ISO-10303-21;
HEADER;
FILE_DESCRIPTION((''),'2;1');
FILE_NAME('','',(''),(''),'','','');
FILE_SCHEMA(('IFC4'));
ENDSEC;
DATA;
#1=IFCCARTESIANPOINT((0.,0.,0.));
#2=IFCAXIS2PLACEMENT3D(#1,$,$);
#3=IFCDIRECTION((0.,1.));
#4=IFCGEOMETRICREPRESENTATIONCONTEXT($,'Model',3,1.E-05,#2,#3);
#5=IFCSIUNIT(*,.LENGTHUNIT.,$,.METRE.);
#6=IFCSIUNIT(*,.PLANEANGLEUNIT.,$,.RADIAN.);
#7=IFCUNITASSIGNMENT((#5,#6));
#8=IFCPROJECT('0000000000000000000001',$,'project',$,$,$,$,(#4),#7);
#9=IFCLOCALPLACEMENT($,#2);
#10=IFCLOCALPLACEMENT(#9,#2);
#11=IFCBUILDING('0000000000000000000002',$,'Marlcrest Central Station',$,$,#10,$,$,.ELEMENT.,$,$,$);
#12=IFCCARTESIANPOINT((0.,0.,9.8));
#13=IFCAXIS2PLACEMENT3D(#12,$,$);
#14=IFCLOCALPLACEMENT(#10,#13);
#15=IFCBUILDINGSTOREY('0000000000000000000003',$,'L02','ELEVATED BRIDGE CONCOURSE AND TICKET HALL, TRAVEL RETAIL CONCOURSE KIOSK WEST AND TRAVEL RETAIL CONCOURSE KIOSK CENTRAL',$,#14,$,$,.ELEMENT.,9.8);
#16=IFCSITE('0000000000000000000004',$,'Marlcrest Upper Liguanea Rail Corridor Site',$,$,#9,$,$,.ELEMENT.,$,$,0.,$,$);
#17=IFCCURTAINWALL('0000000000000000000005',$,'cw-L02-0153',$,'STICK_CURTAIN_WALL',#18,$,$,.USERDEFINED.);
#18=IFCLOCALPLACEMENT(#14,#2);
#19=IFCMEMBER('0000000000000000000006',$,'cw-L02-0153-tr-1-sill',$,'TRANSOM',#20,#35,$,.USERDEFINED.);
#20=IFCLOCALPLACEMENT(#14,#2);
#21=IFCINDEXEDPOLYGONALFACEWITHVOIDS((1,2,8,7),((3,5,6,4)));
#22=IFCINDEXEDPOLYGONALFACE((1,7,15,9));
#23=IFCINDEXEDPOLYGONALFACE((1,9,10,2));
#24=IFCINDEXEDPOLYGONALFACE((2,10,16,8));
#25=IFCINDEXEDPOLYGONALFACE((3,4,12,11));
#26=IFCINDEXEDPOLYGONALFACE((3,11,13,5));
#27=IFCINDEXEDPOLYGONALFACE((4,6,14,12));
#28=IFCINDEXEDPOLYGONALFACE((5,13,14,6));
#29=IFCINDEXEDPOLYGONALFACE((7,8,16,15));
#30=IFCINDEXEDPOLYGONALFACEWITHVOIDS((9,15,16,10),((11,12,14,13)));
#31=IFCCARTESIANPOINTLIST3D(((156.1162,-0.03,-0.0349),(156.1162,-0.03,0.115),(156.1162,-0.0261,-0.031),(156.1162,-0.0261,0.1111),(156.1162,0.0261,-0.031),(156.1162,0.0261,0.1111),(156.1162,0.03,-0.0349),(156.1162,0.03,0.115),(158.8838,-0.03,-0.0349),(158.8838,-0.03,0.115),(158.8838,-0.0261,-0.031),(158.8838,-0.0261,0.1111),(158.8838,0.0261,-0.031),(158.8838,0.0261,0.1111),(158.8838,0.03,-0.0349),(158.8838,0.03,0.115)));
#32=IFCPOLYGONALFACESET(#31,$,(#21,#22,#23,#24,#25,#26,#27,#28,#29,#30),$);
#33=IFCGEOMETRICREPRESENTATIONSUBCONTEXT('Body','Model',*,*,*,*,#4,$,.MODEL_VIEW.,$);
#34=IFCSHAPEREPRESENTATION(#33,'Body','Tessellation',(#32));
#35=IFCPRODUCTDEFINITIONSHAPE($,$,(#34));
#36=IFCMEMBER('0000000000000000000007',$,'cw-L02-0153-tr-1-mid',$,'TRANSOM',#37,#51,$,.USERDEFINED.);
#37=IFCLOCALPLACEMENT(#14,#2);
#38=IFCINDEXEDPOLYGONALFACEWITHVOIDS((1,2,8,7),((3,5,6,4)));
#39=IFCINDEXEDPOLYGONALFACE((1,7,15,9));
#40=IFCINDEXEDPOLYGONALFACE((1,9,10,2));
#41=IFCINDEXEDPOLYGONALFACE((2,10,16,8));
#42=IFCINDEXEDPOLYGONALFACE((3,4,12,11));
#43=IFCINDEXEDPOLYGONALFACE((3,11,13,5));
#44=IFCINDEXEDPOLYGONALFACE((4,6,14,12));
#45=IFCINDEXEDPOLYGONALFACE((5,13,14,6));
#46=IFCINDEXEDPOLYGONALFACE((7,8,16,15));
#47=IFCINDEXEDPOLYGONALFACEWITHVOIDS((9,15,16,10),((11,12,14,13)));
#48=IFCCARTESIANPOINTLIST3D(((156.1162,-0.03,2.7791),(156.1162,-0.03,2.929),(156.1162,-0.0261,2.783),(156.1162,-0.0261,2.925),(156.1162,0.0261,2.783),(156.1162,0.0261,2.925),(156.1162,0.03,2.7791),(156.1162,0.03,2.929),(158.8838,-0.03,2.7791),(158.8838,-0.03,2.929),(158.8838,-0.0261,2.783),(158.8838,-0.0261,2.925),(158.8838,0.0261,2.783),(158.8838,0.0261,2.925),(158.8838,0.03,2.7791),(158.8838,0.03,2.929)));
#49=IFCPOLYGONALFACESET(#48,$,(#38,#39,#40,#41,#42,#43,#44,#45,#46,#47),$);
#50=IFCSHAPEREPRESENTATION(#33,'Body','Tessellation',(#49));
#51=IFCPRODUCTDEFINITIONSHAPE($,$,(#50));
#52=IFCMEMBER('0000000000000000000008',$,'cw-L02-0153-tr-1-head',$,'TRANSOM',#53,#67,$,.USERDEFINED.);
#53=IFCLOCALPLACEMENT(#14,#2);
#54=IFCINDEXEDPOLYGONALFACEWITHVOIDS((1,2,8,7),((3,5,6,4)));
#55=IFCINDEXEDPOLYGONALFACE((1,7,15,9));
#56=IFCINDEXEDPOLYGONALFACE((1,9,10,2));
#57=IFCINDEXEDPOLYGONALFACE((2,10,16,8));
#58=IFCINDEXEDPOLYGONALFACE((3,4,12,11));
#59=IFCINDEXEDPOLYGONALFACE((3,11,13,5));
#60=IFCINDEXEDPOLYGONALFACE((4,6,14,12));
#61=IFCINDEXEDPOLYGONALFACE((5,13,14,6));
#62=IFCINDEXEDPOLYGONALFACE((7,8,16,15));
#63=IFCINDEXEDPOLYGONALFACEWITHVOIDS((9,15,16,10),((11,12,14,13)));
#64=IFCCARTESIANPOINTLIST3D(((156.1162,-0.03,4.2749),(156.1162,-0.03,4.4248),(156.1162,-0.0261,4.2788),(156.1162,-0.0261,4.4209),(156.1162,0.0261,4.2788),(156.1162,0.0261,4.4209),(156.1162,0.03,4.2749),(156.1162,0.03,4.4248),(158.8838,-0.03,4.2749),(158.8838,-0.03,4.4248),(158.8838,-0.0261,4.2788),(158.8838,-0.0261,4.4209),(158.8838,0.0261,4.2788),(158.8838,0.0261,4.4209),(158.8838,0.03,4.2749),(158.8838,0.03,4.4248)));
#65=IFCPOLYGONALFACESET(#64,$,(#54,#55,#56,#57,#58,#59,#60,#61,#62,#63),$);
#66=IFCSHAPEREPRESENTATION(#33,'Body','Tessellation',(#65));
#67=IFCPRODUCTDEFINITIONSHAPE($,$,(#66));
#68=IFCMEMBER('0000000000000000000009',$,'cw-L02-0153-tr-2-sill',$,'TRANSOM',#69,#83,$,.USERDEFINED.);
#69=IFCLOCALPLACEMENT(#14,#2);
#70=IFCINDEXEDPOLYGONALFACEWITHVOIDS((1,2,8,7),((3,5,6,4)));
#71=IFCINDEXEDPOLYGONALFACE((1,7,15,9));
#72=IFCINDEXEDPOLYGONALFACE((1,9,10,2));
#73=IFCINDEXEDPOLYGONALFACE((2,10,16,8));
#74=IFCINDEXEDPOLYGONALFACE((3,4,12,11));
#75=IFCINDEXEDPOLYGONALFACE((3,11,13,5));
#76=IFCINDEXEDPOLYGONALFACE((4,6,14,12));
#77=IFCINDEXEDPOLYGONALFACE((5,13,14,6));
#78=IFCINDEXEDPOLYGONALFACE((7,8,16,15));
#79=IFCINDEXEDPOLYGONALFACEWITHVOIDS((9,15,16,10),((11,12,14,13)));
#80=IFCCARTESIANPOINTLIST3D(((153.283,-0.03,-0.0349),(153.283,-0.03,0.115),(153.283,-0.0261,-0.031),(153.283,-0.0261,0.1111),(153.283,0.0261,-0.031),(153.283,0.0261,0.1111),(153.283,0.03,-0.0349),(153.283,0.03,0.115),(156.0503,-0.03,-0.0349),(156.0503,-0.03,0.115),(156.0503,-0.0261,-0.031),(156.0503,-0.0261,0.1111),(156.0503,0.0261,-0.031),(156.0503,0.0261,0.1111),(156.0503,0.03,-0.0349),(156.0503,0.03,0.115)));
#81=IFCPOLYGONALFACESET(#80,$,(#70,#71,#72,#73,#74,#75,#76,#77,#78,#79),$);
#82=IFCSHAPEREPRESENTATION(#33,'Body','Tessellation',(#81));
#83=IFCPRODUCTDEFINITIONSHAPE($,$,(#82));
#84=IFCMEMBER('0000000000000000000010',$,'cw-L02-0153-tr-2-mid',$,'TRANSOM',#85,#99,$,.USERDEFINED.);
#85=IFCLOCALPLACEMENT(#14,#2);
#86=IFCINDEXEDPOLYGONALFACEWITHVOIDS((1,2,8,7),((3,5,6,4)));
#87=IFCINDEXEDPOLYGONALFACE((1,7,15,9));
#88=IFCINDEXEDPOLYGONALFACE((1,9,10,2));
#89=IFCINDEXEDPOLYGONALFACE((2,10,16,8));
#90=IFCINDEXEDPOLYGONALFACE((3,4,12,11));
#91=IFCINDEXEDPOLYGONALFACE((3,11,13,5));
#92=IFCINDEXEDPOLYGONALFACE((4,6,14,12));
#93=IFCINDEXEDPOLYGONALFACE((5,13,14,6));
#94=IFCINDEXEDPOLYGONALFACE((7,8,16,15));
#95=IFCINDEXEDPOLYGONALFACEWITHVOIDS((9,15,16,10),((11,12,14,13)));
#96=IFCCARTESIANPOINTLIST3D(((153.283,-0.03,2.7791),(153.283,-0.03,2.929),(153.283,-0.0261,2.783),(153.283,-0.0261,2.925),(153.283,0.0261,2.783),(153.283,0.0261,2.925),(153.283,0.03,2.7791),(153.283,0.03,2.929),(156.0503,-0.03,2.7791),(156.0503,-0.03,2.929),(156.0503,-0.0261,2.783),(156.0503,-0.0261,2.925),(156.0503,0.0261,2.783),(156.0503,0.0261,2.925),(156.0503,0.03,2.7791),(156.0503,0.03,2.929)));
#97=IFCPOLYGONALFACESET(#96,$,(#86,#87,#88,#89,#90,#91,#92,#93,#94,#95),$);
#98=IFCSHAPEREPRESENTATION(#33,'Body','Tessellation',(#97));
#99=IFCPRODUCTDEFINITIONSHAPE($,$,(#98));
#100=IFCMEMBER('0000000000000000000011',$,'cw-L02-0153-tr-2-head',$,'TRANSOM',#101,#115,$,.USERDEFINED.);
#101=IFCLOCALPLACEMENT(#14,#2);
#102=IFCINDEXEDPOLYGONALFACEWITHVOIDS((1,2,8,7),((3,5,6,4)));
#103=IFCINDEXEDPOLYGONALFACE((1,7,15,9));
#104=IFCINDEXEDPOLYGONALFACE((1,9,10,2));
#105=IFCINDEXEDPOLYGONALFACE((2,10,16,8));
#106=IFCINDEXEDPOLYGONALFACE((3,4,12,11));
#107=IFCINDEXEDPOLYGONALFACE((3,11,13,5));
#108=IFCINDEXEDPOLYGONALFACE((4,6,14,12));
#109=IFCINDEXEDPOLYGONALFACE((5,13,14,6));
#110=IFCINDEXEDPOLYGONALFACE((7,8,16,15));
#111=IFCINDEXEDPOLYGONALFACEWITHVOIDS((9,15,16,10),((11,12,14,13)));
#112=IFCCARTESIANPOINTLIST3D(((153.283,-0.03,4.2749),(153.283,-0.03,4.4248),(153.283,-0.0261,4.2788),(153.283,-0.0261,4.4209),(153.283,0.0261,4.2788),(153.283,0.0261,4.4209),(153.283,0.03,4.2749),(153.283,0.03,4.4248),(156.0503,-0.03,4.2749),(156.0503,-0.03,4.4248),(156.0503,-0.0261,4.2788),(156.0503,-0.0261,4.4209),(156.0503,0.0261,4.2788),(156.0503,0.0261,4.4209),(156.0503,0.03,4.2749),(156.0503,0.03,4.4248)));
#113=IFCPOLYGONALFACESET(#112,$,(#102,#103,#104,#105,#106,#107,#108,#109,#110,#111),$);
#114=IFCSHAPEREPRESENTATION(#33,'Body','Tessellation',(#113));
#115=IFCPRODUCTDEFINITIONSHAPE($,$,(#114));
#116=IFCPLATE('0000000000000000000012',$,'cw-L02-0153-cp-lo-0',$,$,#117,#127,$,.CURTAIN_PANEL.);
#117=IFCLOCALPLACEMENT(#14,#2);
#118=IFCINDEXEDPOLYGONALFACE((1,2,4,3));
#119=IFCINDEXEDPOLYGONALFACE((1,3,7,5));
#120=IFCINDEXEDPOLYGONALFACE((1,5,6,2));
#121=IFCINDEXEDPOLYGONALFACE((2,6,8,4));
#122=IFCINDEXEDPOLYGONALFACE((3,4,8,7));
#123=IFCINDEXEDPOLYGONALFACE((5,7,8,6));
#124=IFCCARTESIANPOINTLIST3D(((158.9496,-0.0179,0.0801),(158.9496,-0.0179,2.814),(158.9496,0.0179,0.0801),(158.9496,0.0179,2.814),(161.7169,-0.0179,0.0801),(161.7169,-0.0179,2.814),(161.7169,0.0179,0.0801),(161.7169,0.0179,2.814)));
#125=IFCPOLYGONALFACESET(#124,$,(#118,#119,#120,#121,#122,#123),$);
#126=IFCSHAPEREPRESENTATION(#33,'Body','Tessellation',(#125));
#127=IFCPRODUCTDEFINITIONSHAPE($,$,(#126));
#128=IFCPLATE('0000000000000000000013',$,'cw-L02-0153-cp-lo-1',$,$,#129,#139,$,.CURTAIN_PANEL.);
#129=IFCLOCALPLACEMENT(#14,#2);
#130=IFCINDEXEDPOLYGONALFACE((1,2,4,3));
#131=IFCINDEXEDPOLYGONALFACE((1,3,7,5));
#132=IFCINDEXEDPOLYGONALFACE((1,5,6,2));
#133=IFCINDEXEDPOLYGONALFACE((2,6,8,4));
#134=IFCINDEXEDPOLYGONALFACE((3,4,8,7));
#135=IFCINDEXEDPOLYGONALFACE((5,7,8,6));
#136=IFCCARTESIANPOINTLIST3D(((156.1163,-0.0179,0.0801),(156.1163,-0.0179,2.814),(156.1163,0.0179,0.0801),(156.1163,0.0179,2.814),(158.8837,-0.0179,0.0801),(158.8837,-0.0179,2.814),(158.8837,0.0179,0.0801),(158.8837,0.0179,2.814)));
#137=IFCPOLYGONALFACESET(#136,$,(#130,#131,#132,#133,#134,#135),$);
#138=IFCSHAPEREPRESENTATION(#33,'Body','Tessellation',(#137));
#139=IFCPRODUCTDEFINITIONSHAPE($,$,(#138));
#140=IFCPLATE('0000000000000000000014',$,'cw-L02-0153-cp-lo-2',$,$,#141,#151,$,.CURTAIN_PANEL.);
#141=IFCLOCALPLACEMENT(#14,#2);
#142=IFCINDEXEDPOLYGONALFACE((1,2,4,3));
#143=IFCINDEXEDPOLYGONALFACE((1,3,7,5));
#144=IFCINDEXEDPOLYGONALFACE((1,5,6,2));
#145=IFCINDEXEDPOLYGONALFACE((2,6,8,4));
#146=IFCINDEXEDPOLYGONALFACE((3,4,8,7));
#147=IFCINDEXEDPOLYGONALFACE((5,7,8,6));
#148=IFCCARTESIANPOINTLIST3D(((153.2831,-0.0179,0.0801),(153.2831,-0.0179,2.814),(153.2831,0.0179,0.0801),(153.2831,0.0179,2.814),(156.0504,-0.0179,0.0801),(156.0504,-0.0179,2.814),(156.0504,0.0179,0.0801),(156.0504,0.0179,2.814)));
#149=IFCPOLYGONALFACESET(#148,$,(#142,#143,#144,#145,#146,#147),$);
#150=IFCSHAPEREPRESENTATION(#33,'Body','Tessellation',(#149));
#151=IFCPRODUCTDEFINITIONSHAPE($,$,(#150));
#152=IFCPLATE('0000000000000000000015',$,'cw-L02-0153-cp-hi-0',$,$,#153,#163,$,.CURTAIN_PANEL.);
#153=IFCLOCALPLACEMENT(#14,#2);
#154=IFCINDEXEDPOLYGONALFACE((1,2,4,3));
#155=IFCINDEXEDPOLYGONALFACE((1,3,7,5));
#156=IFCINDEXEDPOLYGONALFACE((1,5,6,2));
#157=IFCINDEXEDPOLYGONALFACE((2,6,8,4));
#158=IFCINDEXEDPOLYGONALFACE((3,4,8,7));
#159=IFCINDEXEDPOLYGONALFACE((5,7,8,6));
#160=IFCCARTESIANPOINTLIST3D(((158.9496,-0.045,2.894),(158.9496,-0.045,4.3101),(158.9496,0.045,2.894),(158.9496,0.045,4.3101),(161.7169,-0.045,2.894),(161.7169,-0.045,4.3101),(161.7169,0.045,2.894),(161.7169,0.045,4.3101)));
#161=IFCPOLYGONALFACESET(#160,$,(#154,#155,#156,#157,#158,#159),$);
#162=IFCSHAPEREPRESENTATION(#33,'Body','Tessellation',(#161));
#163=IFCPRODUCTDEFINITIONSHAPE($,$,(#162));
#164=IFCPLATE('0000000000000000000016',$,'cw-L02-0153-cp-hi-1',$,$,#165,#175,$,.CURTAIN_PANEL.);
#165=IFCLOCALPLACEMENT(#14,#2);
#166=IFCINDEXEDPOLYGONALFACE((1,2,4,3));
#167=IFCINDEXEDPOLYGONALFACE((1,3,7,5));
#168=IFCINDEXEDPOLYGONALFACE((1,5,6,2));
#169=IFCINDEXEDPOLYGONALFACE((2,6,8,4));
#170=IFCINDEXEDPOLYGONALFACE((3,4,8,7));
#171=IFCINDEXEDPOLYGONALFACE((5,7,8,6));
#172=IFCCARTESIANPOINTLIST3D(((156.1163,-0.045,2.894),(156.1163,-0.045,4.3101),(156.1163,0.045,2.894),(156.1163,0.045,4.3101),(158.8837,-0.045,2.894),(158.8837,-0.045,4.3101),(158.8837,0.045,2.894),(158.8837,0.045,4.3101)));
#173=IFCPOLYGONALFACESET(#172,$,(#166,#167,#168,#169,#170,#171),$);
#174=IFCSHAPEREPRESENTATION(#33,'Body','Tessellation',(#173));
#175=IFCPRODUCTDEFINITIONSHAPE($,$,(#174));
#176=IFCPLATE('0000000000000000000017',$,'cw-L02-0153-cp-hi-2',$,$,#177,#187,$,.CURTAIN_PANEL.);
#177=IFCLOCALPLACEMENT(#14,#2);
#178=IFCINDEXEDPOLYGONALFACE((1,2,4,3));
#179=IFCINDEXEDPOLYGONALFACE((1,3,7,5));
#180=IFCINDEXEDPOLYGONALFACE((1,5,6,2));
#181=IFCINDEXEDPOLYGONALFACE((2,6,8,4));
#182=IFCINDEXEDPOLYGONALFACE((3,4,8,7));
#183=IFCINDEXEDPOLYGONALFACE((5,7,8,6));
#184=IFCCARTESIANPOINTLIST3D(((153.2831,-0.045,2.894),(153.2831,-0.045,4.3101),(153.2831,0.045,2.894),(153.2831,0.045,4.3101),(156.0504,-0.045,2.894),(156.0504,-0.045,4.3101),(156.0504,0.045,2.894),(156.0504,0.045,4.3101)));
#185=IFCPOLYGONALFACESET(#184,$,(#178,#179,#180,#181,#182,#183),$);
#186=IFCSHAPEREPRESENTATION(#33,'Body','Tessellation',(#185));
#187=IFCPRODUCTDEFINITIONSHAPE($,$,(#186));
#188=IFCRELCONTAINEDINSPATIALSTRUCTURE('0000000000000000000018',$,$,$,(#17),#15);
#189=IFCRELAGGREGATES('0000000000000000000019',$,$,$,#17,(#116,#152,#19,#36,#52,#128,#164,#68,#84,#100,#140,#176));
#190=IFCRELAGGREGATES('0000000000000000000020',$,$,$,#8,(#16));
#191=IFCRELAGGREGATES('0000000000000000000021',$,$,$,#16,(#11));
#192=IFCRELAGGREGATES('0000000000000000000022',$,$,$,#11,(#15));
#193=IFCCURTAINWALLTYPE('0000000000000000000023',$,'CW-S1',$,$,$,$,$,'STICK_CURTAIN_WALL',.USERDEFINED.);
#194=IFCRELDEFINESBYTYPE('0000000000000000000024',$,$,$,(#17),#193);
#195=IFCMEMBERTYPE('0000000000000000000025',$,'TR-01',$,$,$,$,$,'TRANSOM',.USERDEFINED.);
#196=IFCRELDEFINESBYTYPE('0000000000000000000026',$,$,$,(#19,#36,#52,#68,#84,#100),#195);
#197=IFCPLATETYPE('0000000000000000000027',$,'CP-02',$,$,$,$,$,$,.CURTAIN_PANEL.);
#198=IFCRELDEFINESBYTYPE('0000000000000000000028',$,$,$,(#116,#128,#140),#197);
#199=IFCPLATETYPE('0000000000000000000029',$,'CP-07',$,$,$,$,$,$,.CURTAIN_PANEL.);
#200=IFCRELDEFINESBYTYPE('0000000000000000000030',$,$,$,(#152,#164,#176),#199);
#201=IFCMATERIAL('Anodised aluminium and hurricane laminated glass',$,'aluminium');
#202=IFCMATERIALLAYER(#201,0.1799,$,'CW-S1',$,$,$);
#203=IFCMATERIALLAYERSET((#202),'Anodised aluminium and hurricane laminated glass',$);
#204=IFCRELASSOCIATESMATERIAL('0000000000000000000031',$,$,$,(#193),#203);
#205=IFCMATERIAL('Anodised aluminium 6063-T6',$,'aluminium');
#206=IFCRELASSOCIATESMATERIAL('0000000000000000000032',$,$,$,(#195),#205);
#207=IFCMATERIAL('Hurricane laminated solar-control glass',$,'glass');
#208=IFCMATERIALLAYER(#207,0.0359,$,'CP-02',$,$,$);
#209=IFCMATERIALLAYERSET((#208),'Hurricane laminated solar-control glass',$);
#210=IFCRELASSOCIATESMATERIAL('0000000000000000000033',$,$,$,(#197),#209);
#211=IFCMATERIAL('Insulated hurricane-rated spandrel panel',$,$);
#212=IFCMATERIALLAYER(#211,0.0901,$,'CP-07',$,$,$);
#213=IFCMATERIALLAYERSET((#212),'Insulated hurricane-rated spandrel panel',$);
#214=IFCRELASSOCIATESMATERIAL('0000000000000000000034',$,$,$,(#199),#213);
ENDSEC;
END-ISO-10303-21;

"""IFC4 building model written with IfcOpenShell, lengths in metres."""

from ifc_helpers import new_model, si_unit, direction, frame, origin, origin_2d, place, context, subcontext, project, spatial, rectangle, hollow_rectangle, extrude, material, layer, layer_set, material_profile, profile_set, type_object, element, aggregate, save


model = new_model("IFC4")

# Units and contexts
model_context = context("Model", 3, precision=1e-05, world=origin(), true_north=direction((0.0, 1.0)))
body_context = subcontext(model_context, "Body", "Model", "MODEL_VIEW")
ifc_project = project(units=[si_unit("LENGTHUNIT", "METRE"), si_unit("PLANEANGLEUNIT", "RADIAN")], contexts=[model_context])

# Site, building, storey
site_placement = place(None, origin())
site = spatial("IfcSite", under=ifc_project, at=site_placement, Name="Marlcrest Upper Liguanea Rail Corridor Site", CompositionType="ELEMENT", RefElevation=0.0)
building_placement = place(site_placement, origin())
building = spatial("IfcBuilding", under=site, at=building_placement, Name="Marlcrest Central Station", CompositionType="ELEMENT")
storey_placement = place(building_placement, frame((0.0, 0.0, 9.8)))
storey = spatial("IfcBuildingStorey", under=building, at=storey_placement, Name="L02", Description="ELEVATED BRIDGE CONCOURSE AND TICKET HALL, TRAVEL RETAIL CONCOURSE KIOSK WEST AND TRAVEL RETAIL CONCOURSE KIOSK CENTRAL", CompositionType="ELEMENT", Elevation=9.8)

# Curtain wall
ifc_material_1 = material(Name="Anodised aluminium and hurricane laminated glass", Category="aluminium")
ifc_layer_1 = layer(ifc_material_1, 0.1799, Name="CW-S1")
ifc_layer_set_1 = layer_set([ifc_layer_1], Name="Anodised aluminium and hurricane laminated glass")
curtain_wall_type = type_object("IfcCurtainWallType", Name="CW-S1", ElementType="STICK_CURTAIN_WALL", PredefinedType="USERDEFINED", material=ifc_layer_set_1)
curtain_wall_placement = place(storey_placement, origin())
curtain_wall = element("IfcCurtainWall", 1, at=curtain_wall_placement, inside=storey, type_object=curtain_wall_type, Name="cw-L02-0153", ObjectType="STICK_CURTAIN_WALL", PredefinedType="USERDEFINED")
ifc_material_2 = material(Name="Anodised aluminium 6063-T6", Category="aluminium")

# Members
ifc_material_profile_1 = material_profile(ifc_material_2, hollow_rectangle(XDim=0.0601, YDim=0.1499, WallThickness=0.0039, at=origin_2d()), Name="AA-RHS 150x60x4")
ifc_profile_set_1 = profile_set([ifc_material_profile_1], Name="Anodised aluminium 6063-T6")
member_type_1 = type_object("IfcMemberType", Name="TR-01", ElementType="TRANSOM", PredefinedType="USERDEFINED", material=ifc_profile_set_1)
member_1_placement = place(storey_placement, frame((158.8838, 0.0, 0.04), z_axis=(-1.0, 0.0, 0.0), x_axis=(0.0, -1.0, 0.0)))
member_1 = element("IfcMember", 2, at=member_1_placement, type_object=member_type_1, Name="cw-L02-0153-tr-1-sill", ObjectType="TRANSOM", PredefinedType="USERDEFINED", context=body_context, shape_type="SweptSolid", body=[
    extrude(hollow_rectangle(XDim=0.0601, YDim=0.1499, WallThickness=0.0039, at=origin_2d()), origin(), (0.0, 0.0, 1.0), 2.7676),
])
member_2_placement = place(storey_placement, frame((158.8838, 0.0, 2.854), z_axis=(-1.0, 0.0, 0.0), x_axis=(0.0, -1.0, 0.0)))
member_2 = element("IfcMember", 3, at=member_2_placement, type_object=member_type_1, Name="cw-L02-0153-tr-1-mid", ObjectType="TRANSOM", PredefinedType="USERDEFINED", context=body_context, shape_type="SweptSolid", body=[
    extrude(hollow_rectangle(XDim=0.0601, YDim=0.1499, WallThickness=0.0039, at=origin_2d()), origin(), (0.0, 0.0, 1.0), 2.7676),
])
member_3_placement = place(storey_placement, frame((158.8838, 0.0, 4.3499), z_axis=(-1.0, 0.0, 0.0), x_axis=(0.0, -1.0, 0.0)))
member_3 = element("IfcMember", 4, at=member_3_placement, type_object=member_type_1, Name="cw-L02-0153-tr-1-head", ObjectType="TRANSOM", PredefinedType="USERDEFINED", context=body_context, shape_type="SweptSolid", body=[
    extrude(hollow_rectangle(XDim=0.0601, YDim=0.1499, WallThickness=0.0039, at=origin_2d()), origin(), (0.0, 0.0, 1.0), 2.7676),
])
member_4_placement = place(storey_placement, frame((156.0503, 0.0, 0.04), z_axis=(-1.0, 0.0, 0.0), x_axis=(0.0, -1.0, 0.0)))
member_4 = element("IfcMember", 5, at=member_4_placement, type_object=member_type_1, Name="cw-L02-0153-tr-2-sill", ObjectType="TRANSOM", PredefinedType="USERDEFINED", context=body_context, shape_type="SweptSolid", body=[
    extrude(hollow_rectangle(XDim=0.0601, YDim=0.1499, WallThickness=0.0039, at=origin_2d()), origin(), (0.0, 0.0, 1.0), 2.7673),
])
member_5_placement = place(storey_placement, frame((156.0503, 0.0, 2.854), z_axis=(-1.0, 0.0, 0.0), x_axis=(0.0, -1.0, 0.0)))
member_5 = element("IfcMember", 6, at=member_5_placement, type_object=member_type_1, Name="cw-L02-0153-tr-2-mid", ObjectType="TRANSOM", PredefinedType="USERDEFINED", context=body_context, shape_type="SweptSolid", body=[
    extrude(hollow_rectangle(XDim=0.0601, YDim=0.1499, WallThickness=0.0039, at=origin_2d()), origin(), (0.0, 0.0, 1.0), 2.7673),
])
member_6_placement = place(storey_placement, frame((156.0503, 0.0, 4.3499), z_axis=(-1.0, 0.0, 0.0), x_axis=(0.0, -1.0, 0.0)))
member_6 = element("IfcMember", 7, at=member_6_placement, type_object=member_type_1, Name="cw-L02-0153-tr-2-head", ObjectType="TRANSOM", PredefinedType="USERDEFINED", context=body_context, shape_type="SweptSolid", body=[
    extrude(hollow_rectangle(XDim=0.0601, YDim=0.1499, WallThickness=0.0039, at=origin_2d()), origin(), (0.0, 0.0, 1.0), 2.7673),
])

# Plates
ifc_material_3 = material(Name="Hurricane laminated solar-control glass", Category="glass")
ifc_layer_2 = layer(ifc_material_3, 0.0359, Name="CP-02")
ifc_layer_set_2 = layer_set([ifc_layer_2], Name="Hurricane laminated solar-control glass")
plate_type_1 = type_object("IfcPlateType", Name="CP-02", PredefinedType="CURTAIN_PANEL", material=ifc_layer_set_2)
plate_1_placement = place(storey_placement, frame((160.3333, 0.0, 0.0801), z_axis=(0.0, 0.0, 1.0), x_axis=(-1.0, 0.0, 0.0)))
plate_1 = element("IfcPlate", 8, at=plate_1_placement, type_object=plate_type_1, Name="cw-L02-0153-cp-lo-0", PredefinedType="CURTAIN_PANEL", context=body_context, shape_type="SweptSolid", body=[
    extrude(rectangle(XDim=2.7673, YDim=0.0359, at=origin_2d()), origin(), (0.0, 0.0, 1.0), 2.7339),
])
plate_2_placement = place(storey_placement, frame((157.5, 0.0, 0.0801), z_axis=(0.0, 0.0, 1.0), x_axis=(-1.0, 0.0, 0.0)))
plate_2 = element("IfcPlate", 9, at=plate_2_placement, type_object=plate_type_1, Name="cw-L02-0153-cp-lo-1", PredefinedType="CURTAIN_PANEL", context=body_context, shape_type="SweptSolid", body=[
    extrude(rectangle(XDim=2.7673, YDim=0.0359, at=origin_2d()), origin(), (0.0, 0.0, 1.0), 2.7339),
])
plate_3_placement = place(storey_placement, frame((154.6667, 0.0, 0.0801), z_axis=(0.0, 0.0, 1.0), x_axis=(-1.0, 0.0, 0.0)))
plate_3 = element("IfcPlate", 10, at=plate_3_placement, type_object=plate_type_1, Name="cw-L02-0153-cp-lo-2", PredefinedType="CURTAIN_PANEL", context=body_context, shape_type="SweptSolid", body=[
    extrude(rectangle(XDim=2.7673, YDim=0.0359, at=origin_2d()), origin(), (0.0, 0.0, 1.0), 2.7339),
])
ifc_material_4 = material(Name="Insulated hurricane-rated spandrel panel")
ifc_layer_3 = layer(ifc_material_4, 0.0901, Name="CP-07")
ifc_layer_set_3 = layer_set([ifc_layer_3], Name="Insulated hurricane-rated spandrel panel")
plate_type_2 = type_object("IfcPlateType", Name="CP-07", PredefinedType="CURTAIN_PANEL", material=ifc_layer_set_3)
plate_4_placement = place(storey_placement, frame((160.3333, 0.0, 2.894), z_axis=(0.0, 0.0, 1.0), x_axis=(-1.0, 0.0, 0.0)))
plate_4 = element("IfcPlate", 11, at=plate_4_placement, type_object=plate_type_2, Name="cw-L02-0153-cp-hi-0", PredefinedType="CURTAIN_PANEL", context=body_context, shape_type="SweptSolid", body=[
    extrude(rectangle(XDim=2.7673, YDim=0.0901, at=origin_2d()), origin(), (0.0, 0.0, 1.0), 1.416),
])
plate_5_placement = place(storey_placement, frame((157.5, 0.0, 2.894), z_axis=(0.0, 0.0, 1.0), x_axis=(-1.0, 0.0, 0.0)))
plate_5 = element("IfcPlate", 12, at=plate_5_placement, type_object=plate_type_2, Name="cw-L02-0153-cp-hi-1", PredefinedType="CURTAIN_PANEL", context=body_context, shape_type="SweptSolid", body=[
    extrude(rectangle(XDim=2.7673, YDim=0.0901, at=origin_2d()), origin(), (0.0, 0.0, 1.0), 1.416),
])
plate_6_placement = place(storey_placement, frame((154.6667, 0.0, 2.894), z_axis=(0.0, 0.0, 1.0), x_axis=(-1.0, 0.0, 0.0)))
plate_6 = element("IfcPlate", 13, at=plate_6_placement, type_object=plate_type_2, Name="cw-L02-0153-cp-hi-2", PredefinedType="CURTAIN_PANEL", context=body_context, shape_type="SweptSolid", body=[
    extrude(rectangle(XDim=2.7673, YDim=0.0901, at=origin_2d()), origin(), (0.0, 0.0, 1.0), 1.416),
])
aggregate(curtain_wall, [plate_1, plate_4, member_1, member_2, member_3, plate_2, plate_5, member_4, member_5, member_6, plate_3, plate_6])

save(model, "model.ifc")
